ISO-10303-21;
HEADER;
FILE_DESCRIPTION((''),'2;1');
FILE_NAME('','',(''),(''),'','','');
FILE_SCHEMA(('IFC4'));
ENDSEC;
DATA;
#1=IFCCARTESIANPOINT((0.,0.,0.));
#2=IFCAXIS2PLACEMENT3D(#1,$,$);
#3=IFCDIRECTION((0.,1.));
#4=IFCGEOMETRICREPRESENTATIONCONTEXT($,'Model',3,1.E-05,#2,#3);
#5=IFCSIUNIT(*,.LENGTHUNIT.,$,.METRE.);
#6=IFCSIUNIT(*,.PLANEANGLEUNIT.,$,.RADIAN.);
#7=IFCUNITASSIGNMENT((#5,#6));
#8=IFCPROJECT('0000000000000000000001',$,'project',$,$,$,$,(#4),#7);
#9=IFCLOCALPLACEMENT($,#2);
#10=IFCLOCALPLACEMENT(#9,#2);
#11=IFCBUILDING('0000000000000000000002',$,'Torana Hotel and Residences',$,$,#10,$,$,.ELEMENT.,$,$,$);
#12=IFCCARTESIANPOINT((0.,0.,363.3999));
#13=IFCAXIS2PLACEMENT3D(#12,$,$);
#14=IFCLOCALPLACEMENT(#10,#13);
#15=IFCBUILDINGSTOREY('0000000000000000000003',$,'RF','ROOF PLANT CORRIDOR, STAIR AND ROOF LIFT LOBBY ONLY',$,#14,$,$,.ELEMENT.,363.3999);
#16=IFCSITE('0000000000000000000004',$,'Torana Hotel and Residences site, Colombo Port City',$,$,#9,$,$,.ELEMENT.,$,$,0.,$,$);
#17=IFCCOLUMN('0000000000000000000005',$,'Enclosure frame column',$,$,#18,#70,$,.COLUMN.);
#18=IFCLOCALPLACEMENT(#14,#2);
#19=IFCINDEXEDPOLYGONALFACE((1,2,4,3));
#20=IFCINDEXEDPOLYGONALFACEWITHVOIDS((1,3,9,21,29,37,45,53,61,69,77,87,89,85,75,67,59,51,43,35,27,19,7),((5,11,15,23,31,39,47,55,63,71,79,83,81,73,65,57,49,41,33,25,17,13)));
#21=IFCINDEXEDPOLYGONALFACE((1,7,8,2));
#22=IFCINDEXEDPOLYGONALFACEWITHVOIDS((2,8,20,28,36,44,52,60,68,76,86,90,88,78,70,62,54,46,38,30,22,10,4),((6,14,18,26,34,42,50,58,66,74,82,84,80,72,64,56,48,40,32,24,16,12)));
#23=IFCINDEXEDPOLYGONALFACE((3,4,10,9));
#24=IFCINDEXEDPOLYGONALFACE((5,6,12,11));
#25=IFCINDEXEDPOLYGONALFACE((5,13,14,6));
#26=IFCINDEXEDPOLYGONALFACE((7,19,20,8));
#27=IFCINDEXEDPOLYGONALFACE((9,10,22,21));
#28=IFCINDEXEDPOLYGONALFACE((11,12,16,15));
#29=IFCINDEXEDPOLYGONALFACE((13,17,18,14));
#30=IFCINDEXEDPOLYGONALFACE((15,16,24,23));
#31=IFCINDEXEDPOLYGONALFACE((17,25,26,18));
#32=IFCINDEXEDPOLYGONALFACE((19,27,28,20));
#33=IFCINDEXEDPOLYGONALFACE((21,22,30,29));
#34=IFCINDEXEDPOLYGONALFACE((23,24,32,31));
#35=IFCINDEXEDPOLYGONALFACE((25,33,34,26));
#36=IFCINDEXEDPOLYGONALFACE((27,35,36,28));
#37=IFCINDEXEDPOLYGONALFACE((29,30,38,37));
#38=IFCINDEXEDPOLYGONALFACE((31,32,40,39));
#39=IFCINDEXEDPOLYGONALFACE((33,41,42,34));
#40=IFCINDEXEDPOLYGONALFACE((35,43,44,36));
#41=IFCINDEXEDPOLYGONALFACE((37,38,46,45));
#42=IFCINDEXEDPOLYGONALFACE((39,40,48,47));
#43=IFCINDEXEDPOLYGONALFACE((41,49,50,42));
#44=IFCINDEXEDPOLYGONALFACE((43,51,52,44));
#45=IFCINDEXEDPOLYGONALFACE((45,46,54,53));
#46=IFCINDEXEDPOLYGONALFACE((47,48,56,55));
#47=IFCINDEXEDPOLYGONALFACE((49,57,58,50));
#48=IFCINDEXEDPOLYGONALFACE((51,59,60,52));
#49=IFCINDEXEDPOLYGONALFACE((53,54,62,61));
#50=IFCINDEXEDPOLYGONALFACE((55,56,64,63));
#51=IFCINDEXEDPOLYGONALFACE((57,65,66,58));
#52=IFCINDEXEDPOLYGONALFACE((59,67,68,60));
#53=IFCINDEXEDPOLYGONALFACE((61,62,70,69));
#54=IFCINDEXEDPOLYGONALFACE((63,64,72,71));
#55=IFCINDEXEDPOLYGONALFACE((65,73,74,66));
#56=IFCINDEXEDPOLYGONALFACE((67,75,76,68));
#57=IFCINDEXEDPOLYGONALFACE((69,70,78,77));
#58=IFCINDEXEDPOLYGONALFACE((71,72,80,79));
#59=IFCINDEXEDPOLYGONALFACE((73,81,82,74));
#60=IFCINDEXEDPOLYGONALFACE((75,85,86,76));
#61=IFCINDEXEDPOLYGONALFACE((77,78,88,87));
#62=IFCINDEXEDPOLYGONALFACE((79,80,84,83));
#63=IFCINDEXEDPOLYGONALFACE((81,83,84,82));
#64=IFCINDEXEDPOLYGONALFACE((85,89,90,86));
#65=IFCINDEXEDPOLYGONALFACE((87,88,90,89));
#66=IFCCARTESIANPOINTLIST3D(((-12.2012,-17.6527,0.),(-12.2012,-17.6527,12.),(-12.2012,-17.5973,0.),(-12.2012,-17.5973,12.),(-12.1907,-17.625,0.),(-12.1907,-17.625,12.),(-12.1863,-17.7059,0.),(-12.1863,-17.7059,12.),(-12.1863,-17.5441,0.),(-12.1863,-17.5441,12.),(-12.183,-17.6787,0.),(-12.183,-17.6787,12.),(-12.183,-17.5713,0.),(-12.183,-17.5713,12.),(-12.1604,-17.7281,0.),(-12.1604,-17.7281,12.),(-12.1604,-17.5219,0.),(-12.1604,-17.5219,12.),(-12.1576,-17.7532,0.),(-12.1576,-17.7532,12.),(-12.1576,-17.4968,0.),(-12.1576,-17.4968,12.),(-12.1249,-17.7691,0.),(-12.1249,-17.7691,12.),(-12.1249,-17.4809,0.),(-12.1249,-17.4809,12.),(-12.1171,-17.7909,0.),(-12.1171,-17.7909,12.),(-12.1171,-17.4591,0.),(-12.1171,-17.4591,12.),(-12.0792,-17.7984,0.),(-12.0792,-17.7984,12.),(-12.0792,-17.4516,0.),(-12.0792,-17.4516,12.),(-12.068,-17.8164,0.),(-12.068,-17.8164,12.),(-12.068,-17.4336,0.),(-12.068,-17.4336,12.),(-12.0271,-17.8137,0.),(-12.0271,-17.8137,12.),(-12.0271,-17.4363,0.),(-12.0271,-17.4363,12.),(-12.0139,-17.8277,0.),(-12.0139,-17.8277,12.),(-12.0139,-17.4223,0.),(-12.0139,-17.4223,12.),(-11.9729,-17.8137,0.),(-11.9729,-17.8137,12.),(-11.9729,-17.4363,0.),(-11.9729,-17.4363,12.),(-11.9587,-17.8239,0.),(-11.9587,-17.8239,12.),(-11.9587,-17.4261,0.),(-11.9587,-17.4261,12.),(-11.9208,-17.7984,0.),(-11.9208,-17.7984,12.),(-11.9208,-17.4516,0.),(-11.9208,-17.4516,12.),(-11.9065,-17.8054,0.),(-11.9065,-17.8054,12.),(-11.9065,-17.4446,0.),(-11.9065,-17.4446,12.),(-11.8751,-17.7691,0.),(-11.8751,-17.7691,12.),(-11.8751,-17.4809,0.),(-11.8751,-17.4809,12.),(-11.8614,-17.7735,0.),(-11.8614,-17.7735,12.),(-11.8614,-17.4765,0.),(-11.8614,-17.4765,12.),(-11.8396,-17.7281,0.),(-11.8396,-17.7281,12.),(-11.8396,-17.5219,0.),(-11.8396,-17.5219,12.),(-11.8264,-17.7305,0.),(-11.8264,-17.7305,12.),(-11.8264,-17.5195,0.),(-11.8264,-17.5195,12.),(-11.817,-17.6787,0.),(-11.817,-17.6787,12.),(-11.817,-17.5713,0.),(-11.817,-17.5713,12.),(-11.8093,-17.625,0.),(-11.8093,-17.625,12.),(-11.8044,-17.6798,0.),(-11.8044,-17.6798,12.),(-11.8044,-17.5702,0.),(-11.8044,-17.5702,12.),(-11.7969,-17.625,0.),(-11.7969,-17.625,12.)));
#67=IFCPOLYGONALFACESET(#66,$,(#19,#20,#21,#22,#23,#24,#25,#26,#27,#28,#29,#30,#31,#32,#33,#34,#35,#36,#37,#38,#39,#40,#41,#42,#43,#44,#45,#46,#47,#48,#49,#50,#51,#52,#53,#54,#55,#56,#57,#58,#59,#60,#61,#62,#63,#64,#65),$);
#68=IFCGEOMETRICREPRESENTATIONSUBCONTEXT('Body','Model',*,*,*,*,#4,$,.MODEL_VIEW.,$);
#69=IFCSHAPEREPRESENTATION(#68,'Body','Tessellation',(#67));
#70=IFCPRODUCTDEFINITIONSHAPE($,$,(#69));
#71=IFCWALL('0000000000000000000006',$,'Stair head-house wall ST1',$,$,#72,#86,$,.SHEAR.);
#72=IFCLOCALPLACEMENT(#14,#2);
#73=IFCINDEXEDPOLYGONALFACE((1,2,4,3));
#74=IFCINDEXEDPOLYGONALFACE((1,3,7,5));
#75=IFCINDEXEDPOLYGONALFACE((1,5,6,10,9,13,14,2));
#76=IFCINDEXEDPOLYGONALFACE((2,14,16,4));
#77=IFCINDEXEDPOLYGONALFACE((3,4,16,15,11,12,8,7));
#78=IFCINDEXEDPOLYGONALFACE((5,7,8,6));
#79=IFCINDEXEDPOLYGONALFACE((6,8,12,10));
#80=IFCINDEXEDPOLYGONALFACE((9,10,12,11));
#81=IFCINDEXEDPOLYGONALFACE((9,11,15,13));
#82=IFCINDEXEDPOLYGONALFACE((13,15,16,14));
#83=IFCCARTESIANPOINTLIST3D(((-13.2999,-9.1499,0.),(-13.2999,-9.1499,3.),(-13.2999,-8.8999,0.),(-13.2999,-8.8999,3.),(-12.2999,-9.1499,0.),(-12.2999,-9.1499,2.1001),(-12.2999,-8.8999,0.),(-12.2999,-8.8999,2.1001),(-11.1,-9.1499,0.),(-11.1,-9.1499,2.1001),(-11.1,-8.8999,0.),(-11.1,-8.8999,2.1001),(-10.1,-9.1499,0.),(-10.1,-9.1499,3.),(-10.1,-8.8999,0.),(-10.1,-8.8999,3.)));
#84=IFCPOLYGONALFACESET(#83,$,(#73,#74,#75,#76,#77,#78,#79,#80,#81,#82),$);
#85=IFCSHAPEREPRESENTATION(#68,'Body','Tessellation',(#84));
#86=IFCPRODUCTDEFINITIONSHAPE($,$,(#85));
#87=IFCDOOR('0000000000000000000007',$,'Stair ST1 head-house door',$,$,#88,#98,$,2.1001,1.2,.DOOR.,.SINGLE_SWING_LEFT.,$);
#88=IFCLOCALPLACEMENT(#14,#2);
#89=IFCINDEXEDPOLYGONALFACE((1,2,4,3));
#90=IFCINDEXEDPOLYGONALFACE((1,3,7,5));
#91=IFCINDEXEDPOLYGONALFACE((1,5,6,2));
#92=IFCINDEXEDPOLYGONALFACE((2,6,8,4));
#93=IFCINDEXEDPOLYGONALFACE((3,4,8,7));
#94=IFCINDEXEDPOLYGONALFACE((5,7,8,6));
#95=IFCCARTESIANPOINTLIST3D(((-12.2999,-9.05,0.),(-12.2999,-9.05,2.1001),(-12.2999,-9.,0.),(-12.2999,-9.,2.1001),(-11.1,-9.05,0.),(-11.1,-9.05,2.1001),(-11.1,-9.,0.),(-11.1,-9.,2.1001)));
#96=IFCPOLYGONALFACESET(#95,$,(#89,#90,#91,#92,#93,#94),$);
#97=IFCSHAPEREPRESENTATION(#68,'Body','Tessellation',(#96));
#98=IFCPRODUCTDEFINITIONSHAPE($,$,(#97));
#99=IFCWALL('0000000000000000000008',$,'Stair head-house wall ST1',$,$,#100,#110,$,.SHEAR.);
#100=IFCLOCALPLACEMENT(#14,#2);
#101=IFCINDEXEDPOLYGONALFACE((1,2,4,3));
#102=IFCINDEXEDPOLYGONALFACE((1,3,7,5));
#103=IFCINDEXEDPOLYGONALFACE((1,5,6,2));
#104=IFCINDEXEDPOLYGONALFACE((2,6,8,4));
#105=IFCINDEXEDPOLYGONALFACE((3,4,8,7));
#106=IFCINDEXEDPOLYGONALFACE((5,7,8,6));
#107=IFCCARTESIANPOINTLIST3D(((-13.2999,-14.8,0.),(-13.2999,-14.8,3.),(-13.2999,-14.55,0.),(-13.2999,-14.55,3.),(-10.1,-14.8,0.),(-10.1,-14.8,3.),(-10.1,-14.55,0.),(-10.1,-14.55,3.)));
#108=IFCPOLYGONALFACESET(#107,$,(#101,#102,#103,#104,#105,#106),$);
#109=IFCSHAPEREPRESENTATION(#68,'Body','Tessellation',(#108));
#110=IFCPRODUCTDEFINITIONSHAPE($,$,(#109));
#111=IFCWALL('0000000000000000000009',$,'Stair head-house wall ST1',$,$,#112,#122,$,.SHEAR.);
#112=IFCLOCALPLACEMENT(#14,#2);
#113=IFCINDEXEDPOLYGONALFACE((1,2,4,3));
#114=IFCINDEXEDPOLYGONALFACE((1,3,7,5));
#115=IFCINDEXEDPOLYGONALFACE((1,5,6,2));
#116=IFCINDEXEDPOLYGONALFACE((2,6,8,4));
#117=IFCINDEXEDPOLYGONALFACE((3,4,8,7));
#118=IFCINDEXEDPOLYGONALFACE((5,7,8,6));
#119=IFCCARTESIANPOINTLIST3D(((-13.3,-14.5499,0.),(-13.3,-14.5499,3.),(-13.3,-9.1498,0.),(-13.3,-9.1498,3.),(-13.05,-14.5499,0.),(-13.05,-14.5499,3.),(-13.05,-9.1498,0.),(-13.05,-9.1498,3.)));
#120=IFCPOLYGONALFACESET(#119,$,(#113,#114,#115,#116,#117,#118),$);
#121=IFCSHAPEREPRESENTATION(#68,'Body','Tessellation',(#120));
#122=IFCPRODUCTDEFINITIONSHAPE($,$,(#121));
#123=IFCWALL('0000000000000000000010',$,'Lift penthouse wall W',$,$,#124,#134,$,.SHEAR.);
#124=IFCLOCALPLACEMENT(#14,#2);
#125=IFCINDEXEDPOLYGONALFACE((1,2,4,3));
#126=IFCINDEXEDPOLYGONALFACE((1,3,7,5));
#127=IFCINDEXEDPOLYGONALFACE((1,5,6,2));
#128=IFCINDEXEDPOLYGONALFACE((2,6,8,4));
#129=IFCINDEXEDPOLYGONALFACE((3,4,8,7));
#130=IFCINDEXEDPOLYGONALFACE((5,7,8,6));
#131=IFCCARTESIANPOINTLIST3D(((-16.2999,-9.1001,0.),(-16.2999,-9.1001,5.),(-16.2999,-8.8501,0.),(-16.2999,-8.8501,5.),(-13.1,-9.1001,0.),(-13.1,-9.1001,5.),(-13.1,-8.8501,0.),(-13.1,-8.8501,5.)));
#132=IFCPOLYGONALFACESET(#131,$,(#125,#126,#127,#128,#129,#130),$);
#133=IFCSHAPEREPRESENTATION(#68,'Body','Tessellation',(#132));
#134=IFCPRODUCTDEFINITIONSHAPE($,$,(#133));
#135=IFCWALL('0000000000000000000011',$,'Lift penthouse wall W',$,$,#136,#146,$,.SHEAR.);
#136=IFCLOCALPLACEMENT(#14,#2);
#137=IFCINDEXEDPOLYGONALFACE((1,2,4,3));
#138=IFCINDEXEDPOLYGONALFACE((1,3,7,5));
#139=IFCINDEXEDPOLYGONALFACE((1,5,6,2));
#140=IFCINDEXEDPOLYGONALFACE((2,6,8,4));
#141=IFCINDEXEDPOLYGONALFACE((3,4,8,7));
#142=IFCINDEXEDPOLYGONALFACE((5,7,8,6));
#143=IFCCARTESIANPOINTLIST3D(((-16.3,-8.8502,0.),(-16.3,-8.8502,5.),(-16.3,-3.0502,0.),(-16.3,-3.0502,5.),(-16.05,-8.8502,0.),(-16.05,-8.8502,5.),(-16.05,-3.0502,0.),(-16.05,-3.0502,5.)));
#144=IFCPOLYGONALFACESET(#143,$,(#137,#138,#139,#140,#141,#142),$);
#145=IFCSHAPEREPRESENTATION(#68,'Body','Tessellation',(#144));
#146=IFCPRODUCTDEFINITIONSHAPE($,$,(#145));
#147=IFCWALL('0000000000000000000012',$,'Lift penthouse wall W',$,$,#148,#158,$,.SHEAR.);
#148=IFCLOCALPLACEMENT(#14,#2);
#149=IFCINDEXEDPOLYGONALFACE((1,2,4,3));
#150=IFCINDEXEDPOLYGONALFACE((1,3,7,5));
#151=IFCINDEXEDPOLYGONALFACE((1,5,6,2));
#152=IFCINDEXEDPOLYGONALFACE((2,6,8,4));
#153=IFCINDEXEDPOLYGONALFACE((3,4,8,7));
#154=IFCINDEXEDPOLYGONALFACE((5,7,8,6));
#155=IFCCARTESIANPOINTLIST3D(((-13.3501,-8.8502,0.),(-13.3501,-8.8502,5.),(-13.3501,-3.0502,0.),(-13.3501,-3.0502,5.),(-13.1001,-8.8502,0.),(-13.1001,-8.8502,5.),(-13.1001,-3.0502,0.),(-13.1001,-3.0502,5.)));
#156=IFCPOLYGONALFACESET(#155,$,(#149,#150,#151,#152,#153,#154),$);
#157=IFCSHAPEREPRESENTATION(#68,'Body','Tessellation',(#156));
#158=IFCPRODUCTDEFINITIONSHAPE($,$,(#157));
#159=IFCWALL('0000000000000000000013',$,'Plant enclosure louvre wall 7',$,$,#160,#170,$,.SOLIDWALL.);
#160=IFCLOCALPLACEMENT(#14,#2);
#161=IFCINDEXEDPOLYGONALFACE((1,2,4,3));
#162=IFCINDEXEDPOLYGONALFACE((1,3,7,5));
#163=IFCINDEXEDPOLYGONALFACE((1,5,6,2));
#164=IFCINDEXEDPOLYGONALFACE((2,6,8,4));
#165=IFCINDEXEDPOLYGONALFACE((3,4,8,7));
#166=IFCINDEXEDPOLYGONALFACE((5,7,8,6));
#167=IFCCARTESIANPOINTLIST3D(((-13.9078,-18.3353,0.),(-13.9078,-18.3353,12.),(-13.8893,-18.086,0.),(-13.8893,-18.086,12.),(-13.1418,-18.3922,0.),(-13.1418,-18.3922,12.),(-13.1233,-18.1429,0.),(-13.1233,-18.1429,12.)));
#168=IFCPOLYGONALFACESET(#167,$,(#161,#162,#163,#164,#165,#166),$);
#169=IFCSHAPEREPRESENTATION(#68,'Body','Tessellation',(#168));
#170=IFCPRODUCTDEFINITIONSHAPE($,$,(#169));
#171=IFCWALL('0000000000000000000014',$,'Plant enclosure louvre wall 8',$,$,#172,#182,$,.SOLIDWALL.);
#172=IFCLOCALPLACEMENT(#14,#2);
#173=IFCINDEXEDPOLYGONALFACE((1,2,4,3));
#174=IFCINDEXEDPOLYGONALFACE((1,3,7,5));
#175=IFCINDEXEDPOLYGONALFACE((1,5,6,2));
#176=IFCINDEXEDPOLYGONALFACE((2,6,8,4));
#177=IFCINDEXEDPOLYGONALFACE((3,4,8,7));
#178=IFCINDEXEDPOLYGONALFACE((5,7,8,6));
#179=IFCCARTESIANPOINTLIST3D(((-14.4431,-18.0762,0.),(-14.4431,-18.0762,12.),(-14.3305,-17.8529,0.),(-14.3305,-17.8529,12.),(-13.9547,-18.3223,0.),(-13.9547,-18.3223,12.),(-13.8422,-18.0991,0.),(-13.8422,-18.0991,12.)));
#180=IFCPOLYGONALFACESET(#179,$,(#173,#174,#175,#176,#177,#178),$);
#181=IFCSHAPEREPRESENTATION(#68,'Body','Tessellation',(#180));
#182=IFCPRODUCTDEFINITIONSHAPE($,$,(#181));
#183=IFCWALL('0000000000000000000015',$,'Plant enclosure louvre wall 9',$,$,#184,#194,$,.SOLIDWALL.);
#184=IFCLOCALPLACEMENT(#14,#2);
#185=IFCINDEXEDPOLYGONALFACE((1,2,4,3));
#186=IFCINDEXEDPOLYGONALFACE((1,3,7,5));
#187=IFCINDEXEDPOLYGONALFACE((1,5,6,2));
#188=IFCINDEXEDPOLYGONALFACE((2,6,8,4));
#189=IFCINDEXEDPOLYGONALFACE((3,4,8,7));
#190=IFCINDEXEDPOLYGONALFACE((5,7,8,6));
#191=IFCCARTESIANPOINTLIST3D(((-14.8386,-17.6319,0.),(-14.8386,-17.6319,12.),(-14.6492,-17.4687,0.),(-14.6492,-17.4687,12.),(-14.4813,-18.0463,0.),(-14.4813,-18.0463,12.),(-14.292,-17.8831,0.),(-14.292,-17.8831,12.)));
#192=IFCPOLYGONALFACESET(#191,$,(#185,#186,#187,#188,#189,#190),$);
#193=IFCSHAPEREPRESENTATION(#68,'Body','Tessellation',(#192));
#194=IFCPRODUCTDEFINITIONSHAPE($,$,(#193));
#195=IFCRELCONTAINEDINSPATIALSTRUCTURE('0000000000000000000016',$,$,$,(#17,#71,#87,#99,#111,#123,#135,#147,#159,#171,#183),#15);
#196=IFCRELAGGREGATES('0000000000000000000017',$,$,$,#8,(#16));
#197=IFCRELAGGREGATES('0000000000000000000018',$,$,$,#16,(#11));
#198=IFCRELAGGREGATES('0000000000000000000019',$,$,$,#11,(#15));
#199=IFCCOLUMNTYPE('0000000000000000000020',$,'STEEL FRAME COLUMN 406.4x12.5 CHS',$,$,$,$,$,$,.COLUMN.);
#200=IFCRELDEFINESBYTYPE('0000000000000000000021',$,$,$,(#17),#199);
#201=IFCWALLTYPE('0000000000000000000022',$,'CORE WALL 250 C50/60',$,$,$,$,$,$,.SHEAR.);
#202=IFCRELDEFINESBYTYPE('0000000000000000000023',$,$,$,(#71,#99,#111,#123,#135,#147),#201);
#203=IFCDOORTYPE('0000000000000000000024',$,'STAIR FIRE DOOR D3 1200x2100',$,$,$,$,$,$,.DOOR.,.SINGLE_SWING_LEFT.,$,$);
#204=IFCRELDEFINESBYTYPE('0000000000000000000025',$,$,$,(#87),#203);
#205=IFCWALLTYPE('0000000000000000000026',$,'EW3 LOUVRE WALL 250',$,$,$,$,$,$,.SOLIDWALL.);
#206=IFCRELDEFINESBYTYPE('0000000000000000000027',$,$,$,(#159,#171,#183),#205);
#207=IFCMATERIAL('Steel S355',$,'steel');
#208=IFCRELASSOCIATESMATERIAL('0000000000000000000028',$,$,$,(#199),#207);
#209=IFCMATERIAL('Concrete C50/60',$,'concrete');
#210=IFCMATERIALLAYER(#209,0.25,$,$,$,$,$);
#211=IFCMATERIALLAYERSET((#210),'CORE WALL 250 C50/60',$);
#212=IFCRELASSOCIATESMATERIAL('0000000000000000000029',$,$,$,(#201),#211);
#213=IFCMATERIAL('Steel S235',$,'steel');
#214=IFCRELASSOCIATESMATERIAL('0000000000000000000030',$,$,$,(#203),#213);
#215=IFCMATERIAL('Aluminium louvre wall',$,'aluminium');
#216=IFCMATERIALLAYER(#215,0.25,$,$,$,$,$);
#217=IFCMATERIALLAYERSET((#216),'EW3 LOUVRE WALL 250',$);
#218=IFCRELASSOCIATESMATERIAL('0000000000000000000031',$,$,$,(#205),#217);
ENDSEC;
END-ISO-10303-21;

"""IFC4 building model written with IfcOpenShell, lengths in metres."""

from ifc_helpers import new_model, si_unit, direction, frame, frame_2d, origin, origin_2d, place, context, subcontext, project, spatial, rectangle, hollow_circle, extrude, material, layer, layer_set, material_profile, profile_set, type_object, element, fill, save


model = new_model("IFC4")

# Units and contexts
model_context = context("Model", 3, precision=1e-05, world=origin(), true_north=direction((0.0, 1.0)))
body_context = subcontext(model_context, "Body", "Model", "MODEL_VIEW")
ifc_project = project(units=[si_unit("LENGTHUNIT", "METRE"), si_unit("PLANEANGLEUNIT", "RADIAN")], contexts=[model_context])

# Site, building, storey
site_placement = place(None, origin())
site = spatial("IfcSite", under=ifc_project, at=site_placement, Name="Torana Hotel and Residences site, Colombo Port City", CompositionType="ELEMENT", RefElevation=0.0)
building_placement = place(site_placement, origin())
building = spatial("IfcBuilding", under=site, at=building_placement, Name="Torana Hotel and Residences", CompositionType="ELEMENT")
storey_placement = place(building_placement, frame((0.0, 0.0, 363.3999)))
storey = spatial("IfcBuildingStorey", under=building, at=storey_placement, Name="RF", Description="ROOF PLANT CORRIDOR, STAIR AND ROOF LIFT LOBBY ONLY", CompositionType="ELEMENT", Elevation=363.3999)

# Column
ifc_material_1 = material(Name="Steel S355", Category="steel")
ifc_material_profile = material_profile(ifc_material_1, hollow_circle(Radius=0.2031, WallThickness=0.0125, at=origin_2d()), Name="406.4x12.5 CHS")
ifc_profile_set = profile_set([ifc_material_profile], Name="Steel S355")
column_type = type_object("IfcColumnType", Name="STEEL FRAME COLUMN 406.4x12.5 CHS", PredefinedType="COLUMN", material=ifc_profile_set)
column_placement = place(storey_placement, frame((-12.0, -17.625, 0.0), z_axis=(0.0, 0.0, 1.0), x_axis=(1.0, 0.0, 0.0)))
element("IfcColumn", 1, at=column_placement, inside=storey, type_object=column_type, Name="Enclosure frame column", PredefinedType="COLUMN", context=body_context, shape_type="SweptSolid", body=[
    extrude(hollow_circle(Radius=0.2031, WallThickness=0.0125, at=origin_2d()), origin(), (0.0, 0.0, 1.0), 12.0),
])

# Wall, opening, door
ifc_material_2 = material(Name="Concrete C50/60", Category="concrete")
ifc_layer_1 = layer(ifc_material_2, 0.25)
ifc_layer_set_1 = layer_set([ifc_layer_1], Name="CORE WALL 250 C50/60")
wall_type_1 = type_object("IfcWallType", Name="CORE WALL 250 C50/60", PredefinedType="SHEAR", material=ifc_layer_set_1)
wall_1_placement = place(storey_placement, frame((-13.3, -9.0249, 0.0), z_axis=(0.0, 0.0, 1.0), x_axis=(1.0, 0.0, 0.0)))
wall_1 = element("IfcWall", 2, at=wall_1_placement, inside=storey, type_object=wall_type_1, Name="Stair head-house wall ST1", PredefinedType="SHEAR", context=body_context, shape_type="SweptSolid", body=[
    extrude(rectangle(XDim=3.2, YDim=0.25, at=frame_2d((1.6001, 0.0))), origin(), (0.0, 0.0, 1.0), 3.0),
])
opening_1_placement = place(wall_1_placement, frame((1.0, 0.0, 0.0)))
opening_1 = element("IfcOpeningElement", 3, at=opening_1_placement, cuts=wall_1, PredefinedType="OPENING", context=body_context, shape_type="SweptSolid", body=[
    extrude(rectangle(XDim=1.2, YDim=2.1001, at=frame_2d((0.6001, 1.05))), frame((0.0, 0.135, 0.0), z_axis=(0.0, -1.0, 0.0), x_axis=(1.0, 0.0, 0.0)), (0.0, 0.0, 1.0), 0.27),
])
ifc_material_3 = material(Name="Steel S235", Category="steel")
door_type = type_object("IfcDoorType", Name="STAIR FIRE DOOR D3 1200x2100", OperationType="SINGLE_SWING_LEFT", PredefinedType="DOOR", material=ifc_material_3)
door_placement = place(opening_1_placement, frame((0.6001, 0.0, 0.0), z_axis=(0.0, 0.0, 1.0), x_axis=(-1.0, 0.0, 0.0)))
door = element("IfcDoor", 4, at=door_placement, inside=storey, type_object=door_type, Name="Stair ST1 head-house door", OperationType="SINGLE_SWING_LEFT", OverallHeight=2.1001, OverallWidth=1.2, PredefinedType="DOOR", context=body_context, shape_type="SweptSolid", body=[
    extrude(rectangle(XDim=1.2, YDim=2.1001, at=frame_2d((0.0, 1.05))), frame((0.0, -0.0249, 0.0), z_axis=(0.0, 1.0, 0.0), x_axis=(-1.0, 0.0, 0.0)), (0.0, 0.0, 1.0), 0.05),
])
fill(opening_1, door)

# Walls
wall_2_placement = place(storey_placement, frame((-13.3, -14.675, 0.0), z_axis=(0.0, 0.0, 1.0), x_axis=(1.0, 0.0, 0.0)))
element("IfcWall", 5, at=wall_2_placement, inside=storey, type_object=wall_type_1, Name="Stair head-house wall ST1", PredefinedType="SHEAR", context=body_context, shape_type="SweptSolid", body=[
    extrude(rectangle(XDim=3.2, YDim=0.25, at=frame_2d((1.6001, 0.0))), origin(), (0.0, 0.0, 1.0), 3.0),
])
wall_3_placement = place(storey_placement, frame((-13.175, -14.55, 0.0), z_axis=(0.0, 0.0, 1.0), x_axis=(0.0, 1.0, 0.0)))
element("IfcWall", 6, at=wall_3_placement, inside=storey, type_object=wall_type_1, Name="Stair head-house wall ST1", PredefinedType="SHEAR", context=body_context, shape_type="SweptSolid", body=[
    extrude(rectangle(XDim=5.4001, YDim=0.25, at=frame_2d((2.7002, 0.0))), origin(), (0.0, 0.0, 1.0), 3.0),
])
wall_4_placement = place(storey_placement, frame((-16.3, -8.9751, 0.0), z_axis=(0.0, 0.0, 1.0), x_axis=(1.0, 0.0, 0.0)))
element("IfcWall", 7, at=wall_4_placement, inside=storey, type_object=wall_type_1, Name="Lift penthouse wall W", PredefinedType="SHEAR", context=body_context, shape_type="SweptSolid", body=[
    extrude(rectangle(XDim=3.2, YDim=0.25, at=frame_2d((1.6001, 0.0))), origin(), (0.0, 0.0, 1.0), 5.0),
])
for number, where, z_axis, x_axis, name in (
    (8, (-16.175, -8.8501, 0.0), (0.0, 0.0, 1.0), (0.0, 1.0, 0.0), "Lift penthouse wall W"),
    (9, (-13.2251, -8.8501, 0.0), (0.0, 0.0, 1.0), (0.0, 1.0, 0.0), "Lift penthouse wall W"),
):
    element("IfcWall", number, at=place(storey_placement, frame(where, z_axis=z_axis, x_axis=x_axis)), inside=storey, type_object=wall_type_1, Name=name, PredefinedType="SHEAR", context=body_context, shape_type="SweptSolid", body=[
        extrude(rectangle(XDim=5.8, YDim=0.25, at=frame_2d((2.8999, 0.0))), origin(), (0.0, 0.0, 1.0), 5.0),
    ])
ifc_material_4 = material(Name="Aluminium louvre wall", Category="aluminium")
ifc_layer_2 = layer(ifc_material_4, 0.25)
ifc_layer_set_2 = layer_set([ifc_layer_2], Name="EW3 LOUVRE WALL 250")
wall_type_2 = type_object("IfcWallType", Name="EW3 LOUVRE WALL 250", PredefinedType="SOLIDWALL", material=ifc_layer_set_2)
wall_5_placement = place(storey_placement, frame((-13.1326, -18.2676, 0.0), z_axis=(0.0, 0.0, 1.0), x_axis=(-0.997253, 0.074071, 0.0)))
element("IfcWall", 10, at=wall_5_placement, inside=storey, type_object=wall_type_2, Name="Plant enclosure louvre wall 7", PredefinedType="SOLIDWALL", context=body_context, shape_type="SweptSolid", body=[
    extrude(rectangle(XDim=0.7681, YDim=0.25, at=frame_2d((0.384, 0.0))), origin(), (0.0, 0.0, 1.0), 12.0),
])
wall_6_placement = place(storey_placement, frame((-13.8984, -18.2107, 0.0), z_axis=(0.0, 0.0, 1.0), x_axis=(-0.892994, 0.450069, 0.0)))
element("IfcWall", 11, at=wall_6_placement, inside=storey, type_object=wall_type_2, Name="Plant enclosure louvre wall 8", PredefinedType="SOLIDWALL", context=body_context, shape_type="SweptSolid", body=[
    extrude(rectangle(XDim=0.5469, YDim=0.25, at=frame_2d((0.2734, 0.0))), origin(), (0.0, 0.0, 1.0), 12.0),
])
wall_7_placement = place(storey_placement, frame((-14.3867, -17.9646, 0.0), z_axis=(0.0, 0.0, 1.0), x_axis=(-0.652957, 0.757395, 0.0)))
element("IfcWall", 12, at=wall_7_placement, inside=storey, type_object=wall_type_2, Name="Plant enclosure louvre wall 9", PredefinedType="SOLIDWALL", context=body_context, shape_type="SweptSolid", body=[
    extrude(rectangle(XDim=0.5471, YDim=0.25, at=frame_2d((0.2734, 0.0))), origin(), (0.0, 0.0, 1.0), 12.0),
])

save(model, "model.ifc")
